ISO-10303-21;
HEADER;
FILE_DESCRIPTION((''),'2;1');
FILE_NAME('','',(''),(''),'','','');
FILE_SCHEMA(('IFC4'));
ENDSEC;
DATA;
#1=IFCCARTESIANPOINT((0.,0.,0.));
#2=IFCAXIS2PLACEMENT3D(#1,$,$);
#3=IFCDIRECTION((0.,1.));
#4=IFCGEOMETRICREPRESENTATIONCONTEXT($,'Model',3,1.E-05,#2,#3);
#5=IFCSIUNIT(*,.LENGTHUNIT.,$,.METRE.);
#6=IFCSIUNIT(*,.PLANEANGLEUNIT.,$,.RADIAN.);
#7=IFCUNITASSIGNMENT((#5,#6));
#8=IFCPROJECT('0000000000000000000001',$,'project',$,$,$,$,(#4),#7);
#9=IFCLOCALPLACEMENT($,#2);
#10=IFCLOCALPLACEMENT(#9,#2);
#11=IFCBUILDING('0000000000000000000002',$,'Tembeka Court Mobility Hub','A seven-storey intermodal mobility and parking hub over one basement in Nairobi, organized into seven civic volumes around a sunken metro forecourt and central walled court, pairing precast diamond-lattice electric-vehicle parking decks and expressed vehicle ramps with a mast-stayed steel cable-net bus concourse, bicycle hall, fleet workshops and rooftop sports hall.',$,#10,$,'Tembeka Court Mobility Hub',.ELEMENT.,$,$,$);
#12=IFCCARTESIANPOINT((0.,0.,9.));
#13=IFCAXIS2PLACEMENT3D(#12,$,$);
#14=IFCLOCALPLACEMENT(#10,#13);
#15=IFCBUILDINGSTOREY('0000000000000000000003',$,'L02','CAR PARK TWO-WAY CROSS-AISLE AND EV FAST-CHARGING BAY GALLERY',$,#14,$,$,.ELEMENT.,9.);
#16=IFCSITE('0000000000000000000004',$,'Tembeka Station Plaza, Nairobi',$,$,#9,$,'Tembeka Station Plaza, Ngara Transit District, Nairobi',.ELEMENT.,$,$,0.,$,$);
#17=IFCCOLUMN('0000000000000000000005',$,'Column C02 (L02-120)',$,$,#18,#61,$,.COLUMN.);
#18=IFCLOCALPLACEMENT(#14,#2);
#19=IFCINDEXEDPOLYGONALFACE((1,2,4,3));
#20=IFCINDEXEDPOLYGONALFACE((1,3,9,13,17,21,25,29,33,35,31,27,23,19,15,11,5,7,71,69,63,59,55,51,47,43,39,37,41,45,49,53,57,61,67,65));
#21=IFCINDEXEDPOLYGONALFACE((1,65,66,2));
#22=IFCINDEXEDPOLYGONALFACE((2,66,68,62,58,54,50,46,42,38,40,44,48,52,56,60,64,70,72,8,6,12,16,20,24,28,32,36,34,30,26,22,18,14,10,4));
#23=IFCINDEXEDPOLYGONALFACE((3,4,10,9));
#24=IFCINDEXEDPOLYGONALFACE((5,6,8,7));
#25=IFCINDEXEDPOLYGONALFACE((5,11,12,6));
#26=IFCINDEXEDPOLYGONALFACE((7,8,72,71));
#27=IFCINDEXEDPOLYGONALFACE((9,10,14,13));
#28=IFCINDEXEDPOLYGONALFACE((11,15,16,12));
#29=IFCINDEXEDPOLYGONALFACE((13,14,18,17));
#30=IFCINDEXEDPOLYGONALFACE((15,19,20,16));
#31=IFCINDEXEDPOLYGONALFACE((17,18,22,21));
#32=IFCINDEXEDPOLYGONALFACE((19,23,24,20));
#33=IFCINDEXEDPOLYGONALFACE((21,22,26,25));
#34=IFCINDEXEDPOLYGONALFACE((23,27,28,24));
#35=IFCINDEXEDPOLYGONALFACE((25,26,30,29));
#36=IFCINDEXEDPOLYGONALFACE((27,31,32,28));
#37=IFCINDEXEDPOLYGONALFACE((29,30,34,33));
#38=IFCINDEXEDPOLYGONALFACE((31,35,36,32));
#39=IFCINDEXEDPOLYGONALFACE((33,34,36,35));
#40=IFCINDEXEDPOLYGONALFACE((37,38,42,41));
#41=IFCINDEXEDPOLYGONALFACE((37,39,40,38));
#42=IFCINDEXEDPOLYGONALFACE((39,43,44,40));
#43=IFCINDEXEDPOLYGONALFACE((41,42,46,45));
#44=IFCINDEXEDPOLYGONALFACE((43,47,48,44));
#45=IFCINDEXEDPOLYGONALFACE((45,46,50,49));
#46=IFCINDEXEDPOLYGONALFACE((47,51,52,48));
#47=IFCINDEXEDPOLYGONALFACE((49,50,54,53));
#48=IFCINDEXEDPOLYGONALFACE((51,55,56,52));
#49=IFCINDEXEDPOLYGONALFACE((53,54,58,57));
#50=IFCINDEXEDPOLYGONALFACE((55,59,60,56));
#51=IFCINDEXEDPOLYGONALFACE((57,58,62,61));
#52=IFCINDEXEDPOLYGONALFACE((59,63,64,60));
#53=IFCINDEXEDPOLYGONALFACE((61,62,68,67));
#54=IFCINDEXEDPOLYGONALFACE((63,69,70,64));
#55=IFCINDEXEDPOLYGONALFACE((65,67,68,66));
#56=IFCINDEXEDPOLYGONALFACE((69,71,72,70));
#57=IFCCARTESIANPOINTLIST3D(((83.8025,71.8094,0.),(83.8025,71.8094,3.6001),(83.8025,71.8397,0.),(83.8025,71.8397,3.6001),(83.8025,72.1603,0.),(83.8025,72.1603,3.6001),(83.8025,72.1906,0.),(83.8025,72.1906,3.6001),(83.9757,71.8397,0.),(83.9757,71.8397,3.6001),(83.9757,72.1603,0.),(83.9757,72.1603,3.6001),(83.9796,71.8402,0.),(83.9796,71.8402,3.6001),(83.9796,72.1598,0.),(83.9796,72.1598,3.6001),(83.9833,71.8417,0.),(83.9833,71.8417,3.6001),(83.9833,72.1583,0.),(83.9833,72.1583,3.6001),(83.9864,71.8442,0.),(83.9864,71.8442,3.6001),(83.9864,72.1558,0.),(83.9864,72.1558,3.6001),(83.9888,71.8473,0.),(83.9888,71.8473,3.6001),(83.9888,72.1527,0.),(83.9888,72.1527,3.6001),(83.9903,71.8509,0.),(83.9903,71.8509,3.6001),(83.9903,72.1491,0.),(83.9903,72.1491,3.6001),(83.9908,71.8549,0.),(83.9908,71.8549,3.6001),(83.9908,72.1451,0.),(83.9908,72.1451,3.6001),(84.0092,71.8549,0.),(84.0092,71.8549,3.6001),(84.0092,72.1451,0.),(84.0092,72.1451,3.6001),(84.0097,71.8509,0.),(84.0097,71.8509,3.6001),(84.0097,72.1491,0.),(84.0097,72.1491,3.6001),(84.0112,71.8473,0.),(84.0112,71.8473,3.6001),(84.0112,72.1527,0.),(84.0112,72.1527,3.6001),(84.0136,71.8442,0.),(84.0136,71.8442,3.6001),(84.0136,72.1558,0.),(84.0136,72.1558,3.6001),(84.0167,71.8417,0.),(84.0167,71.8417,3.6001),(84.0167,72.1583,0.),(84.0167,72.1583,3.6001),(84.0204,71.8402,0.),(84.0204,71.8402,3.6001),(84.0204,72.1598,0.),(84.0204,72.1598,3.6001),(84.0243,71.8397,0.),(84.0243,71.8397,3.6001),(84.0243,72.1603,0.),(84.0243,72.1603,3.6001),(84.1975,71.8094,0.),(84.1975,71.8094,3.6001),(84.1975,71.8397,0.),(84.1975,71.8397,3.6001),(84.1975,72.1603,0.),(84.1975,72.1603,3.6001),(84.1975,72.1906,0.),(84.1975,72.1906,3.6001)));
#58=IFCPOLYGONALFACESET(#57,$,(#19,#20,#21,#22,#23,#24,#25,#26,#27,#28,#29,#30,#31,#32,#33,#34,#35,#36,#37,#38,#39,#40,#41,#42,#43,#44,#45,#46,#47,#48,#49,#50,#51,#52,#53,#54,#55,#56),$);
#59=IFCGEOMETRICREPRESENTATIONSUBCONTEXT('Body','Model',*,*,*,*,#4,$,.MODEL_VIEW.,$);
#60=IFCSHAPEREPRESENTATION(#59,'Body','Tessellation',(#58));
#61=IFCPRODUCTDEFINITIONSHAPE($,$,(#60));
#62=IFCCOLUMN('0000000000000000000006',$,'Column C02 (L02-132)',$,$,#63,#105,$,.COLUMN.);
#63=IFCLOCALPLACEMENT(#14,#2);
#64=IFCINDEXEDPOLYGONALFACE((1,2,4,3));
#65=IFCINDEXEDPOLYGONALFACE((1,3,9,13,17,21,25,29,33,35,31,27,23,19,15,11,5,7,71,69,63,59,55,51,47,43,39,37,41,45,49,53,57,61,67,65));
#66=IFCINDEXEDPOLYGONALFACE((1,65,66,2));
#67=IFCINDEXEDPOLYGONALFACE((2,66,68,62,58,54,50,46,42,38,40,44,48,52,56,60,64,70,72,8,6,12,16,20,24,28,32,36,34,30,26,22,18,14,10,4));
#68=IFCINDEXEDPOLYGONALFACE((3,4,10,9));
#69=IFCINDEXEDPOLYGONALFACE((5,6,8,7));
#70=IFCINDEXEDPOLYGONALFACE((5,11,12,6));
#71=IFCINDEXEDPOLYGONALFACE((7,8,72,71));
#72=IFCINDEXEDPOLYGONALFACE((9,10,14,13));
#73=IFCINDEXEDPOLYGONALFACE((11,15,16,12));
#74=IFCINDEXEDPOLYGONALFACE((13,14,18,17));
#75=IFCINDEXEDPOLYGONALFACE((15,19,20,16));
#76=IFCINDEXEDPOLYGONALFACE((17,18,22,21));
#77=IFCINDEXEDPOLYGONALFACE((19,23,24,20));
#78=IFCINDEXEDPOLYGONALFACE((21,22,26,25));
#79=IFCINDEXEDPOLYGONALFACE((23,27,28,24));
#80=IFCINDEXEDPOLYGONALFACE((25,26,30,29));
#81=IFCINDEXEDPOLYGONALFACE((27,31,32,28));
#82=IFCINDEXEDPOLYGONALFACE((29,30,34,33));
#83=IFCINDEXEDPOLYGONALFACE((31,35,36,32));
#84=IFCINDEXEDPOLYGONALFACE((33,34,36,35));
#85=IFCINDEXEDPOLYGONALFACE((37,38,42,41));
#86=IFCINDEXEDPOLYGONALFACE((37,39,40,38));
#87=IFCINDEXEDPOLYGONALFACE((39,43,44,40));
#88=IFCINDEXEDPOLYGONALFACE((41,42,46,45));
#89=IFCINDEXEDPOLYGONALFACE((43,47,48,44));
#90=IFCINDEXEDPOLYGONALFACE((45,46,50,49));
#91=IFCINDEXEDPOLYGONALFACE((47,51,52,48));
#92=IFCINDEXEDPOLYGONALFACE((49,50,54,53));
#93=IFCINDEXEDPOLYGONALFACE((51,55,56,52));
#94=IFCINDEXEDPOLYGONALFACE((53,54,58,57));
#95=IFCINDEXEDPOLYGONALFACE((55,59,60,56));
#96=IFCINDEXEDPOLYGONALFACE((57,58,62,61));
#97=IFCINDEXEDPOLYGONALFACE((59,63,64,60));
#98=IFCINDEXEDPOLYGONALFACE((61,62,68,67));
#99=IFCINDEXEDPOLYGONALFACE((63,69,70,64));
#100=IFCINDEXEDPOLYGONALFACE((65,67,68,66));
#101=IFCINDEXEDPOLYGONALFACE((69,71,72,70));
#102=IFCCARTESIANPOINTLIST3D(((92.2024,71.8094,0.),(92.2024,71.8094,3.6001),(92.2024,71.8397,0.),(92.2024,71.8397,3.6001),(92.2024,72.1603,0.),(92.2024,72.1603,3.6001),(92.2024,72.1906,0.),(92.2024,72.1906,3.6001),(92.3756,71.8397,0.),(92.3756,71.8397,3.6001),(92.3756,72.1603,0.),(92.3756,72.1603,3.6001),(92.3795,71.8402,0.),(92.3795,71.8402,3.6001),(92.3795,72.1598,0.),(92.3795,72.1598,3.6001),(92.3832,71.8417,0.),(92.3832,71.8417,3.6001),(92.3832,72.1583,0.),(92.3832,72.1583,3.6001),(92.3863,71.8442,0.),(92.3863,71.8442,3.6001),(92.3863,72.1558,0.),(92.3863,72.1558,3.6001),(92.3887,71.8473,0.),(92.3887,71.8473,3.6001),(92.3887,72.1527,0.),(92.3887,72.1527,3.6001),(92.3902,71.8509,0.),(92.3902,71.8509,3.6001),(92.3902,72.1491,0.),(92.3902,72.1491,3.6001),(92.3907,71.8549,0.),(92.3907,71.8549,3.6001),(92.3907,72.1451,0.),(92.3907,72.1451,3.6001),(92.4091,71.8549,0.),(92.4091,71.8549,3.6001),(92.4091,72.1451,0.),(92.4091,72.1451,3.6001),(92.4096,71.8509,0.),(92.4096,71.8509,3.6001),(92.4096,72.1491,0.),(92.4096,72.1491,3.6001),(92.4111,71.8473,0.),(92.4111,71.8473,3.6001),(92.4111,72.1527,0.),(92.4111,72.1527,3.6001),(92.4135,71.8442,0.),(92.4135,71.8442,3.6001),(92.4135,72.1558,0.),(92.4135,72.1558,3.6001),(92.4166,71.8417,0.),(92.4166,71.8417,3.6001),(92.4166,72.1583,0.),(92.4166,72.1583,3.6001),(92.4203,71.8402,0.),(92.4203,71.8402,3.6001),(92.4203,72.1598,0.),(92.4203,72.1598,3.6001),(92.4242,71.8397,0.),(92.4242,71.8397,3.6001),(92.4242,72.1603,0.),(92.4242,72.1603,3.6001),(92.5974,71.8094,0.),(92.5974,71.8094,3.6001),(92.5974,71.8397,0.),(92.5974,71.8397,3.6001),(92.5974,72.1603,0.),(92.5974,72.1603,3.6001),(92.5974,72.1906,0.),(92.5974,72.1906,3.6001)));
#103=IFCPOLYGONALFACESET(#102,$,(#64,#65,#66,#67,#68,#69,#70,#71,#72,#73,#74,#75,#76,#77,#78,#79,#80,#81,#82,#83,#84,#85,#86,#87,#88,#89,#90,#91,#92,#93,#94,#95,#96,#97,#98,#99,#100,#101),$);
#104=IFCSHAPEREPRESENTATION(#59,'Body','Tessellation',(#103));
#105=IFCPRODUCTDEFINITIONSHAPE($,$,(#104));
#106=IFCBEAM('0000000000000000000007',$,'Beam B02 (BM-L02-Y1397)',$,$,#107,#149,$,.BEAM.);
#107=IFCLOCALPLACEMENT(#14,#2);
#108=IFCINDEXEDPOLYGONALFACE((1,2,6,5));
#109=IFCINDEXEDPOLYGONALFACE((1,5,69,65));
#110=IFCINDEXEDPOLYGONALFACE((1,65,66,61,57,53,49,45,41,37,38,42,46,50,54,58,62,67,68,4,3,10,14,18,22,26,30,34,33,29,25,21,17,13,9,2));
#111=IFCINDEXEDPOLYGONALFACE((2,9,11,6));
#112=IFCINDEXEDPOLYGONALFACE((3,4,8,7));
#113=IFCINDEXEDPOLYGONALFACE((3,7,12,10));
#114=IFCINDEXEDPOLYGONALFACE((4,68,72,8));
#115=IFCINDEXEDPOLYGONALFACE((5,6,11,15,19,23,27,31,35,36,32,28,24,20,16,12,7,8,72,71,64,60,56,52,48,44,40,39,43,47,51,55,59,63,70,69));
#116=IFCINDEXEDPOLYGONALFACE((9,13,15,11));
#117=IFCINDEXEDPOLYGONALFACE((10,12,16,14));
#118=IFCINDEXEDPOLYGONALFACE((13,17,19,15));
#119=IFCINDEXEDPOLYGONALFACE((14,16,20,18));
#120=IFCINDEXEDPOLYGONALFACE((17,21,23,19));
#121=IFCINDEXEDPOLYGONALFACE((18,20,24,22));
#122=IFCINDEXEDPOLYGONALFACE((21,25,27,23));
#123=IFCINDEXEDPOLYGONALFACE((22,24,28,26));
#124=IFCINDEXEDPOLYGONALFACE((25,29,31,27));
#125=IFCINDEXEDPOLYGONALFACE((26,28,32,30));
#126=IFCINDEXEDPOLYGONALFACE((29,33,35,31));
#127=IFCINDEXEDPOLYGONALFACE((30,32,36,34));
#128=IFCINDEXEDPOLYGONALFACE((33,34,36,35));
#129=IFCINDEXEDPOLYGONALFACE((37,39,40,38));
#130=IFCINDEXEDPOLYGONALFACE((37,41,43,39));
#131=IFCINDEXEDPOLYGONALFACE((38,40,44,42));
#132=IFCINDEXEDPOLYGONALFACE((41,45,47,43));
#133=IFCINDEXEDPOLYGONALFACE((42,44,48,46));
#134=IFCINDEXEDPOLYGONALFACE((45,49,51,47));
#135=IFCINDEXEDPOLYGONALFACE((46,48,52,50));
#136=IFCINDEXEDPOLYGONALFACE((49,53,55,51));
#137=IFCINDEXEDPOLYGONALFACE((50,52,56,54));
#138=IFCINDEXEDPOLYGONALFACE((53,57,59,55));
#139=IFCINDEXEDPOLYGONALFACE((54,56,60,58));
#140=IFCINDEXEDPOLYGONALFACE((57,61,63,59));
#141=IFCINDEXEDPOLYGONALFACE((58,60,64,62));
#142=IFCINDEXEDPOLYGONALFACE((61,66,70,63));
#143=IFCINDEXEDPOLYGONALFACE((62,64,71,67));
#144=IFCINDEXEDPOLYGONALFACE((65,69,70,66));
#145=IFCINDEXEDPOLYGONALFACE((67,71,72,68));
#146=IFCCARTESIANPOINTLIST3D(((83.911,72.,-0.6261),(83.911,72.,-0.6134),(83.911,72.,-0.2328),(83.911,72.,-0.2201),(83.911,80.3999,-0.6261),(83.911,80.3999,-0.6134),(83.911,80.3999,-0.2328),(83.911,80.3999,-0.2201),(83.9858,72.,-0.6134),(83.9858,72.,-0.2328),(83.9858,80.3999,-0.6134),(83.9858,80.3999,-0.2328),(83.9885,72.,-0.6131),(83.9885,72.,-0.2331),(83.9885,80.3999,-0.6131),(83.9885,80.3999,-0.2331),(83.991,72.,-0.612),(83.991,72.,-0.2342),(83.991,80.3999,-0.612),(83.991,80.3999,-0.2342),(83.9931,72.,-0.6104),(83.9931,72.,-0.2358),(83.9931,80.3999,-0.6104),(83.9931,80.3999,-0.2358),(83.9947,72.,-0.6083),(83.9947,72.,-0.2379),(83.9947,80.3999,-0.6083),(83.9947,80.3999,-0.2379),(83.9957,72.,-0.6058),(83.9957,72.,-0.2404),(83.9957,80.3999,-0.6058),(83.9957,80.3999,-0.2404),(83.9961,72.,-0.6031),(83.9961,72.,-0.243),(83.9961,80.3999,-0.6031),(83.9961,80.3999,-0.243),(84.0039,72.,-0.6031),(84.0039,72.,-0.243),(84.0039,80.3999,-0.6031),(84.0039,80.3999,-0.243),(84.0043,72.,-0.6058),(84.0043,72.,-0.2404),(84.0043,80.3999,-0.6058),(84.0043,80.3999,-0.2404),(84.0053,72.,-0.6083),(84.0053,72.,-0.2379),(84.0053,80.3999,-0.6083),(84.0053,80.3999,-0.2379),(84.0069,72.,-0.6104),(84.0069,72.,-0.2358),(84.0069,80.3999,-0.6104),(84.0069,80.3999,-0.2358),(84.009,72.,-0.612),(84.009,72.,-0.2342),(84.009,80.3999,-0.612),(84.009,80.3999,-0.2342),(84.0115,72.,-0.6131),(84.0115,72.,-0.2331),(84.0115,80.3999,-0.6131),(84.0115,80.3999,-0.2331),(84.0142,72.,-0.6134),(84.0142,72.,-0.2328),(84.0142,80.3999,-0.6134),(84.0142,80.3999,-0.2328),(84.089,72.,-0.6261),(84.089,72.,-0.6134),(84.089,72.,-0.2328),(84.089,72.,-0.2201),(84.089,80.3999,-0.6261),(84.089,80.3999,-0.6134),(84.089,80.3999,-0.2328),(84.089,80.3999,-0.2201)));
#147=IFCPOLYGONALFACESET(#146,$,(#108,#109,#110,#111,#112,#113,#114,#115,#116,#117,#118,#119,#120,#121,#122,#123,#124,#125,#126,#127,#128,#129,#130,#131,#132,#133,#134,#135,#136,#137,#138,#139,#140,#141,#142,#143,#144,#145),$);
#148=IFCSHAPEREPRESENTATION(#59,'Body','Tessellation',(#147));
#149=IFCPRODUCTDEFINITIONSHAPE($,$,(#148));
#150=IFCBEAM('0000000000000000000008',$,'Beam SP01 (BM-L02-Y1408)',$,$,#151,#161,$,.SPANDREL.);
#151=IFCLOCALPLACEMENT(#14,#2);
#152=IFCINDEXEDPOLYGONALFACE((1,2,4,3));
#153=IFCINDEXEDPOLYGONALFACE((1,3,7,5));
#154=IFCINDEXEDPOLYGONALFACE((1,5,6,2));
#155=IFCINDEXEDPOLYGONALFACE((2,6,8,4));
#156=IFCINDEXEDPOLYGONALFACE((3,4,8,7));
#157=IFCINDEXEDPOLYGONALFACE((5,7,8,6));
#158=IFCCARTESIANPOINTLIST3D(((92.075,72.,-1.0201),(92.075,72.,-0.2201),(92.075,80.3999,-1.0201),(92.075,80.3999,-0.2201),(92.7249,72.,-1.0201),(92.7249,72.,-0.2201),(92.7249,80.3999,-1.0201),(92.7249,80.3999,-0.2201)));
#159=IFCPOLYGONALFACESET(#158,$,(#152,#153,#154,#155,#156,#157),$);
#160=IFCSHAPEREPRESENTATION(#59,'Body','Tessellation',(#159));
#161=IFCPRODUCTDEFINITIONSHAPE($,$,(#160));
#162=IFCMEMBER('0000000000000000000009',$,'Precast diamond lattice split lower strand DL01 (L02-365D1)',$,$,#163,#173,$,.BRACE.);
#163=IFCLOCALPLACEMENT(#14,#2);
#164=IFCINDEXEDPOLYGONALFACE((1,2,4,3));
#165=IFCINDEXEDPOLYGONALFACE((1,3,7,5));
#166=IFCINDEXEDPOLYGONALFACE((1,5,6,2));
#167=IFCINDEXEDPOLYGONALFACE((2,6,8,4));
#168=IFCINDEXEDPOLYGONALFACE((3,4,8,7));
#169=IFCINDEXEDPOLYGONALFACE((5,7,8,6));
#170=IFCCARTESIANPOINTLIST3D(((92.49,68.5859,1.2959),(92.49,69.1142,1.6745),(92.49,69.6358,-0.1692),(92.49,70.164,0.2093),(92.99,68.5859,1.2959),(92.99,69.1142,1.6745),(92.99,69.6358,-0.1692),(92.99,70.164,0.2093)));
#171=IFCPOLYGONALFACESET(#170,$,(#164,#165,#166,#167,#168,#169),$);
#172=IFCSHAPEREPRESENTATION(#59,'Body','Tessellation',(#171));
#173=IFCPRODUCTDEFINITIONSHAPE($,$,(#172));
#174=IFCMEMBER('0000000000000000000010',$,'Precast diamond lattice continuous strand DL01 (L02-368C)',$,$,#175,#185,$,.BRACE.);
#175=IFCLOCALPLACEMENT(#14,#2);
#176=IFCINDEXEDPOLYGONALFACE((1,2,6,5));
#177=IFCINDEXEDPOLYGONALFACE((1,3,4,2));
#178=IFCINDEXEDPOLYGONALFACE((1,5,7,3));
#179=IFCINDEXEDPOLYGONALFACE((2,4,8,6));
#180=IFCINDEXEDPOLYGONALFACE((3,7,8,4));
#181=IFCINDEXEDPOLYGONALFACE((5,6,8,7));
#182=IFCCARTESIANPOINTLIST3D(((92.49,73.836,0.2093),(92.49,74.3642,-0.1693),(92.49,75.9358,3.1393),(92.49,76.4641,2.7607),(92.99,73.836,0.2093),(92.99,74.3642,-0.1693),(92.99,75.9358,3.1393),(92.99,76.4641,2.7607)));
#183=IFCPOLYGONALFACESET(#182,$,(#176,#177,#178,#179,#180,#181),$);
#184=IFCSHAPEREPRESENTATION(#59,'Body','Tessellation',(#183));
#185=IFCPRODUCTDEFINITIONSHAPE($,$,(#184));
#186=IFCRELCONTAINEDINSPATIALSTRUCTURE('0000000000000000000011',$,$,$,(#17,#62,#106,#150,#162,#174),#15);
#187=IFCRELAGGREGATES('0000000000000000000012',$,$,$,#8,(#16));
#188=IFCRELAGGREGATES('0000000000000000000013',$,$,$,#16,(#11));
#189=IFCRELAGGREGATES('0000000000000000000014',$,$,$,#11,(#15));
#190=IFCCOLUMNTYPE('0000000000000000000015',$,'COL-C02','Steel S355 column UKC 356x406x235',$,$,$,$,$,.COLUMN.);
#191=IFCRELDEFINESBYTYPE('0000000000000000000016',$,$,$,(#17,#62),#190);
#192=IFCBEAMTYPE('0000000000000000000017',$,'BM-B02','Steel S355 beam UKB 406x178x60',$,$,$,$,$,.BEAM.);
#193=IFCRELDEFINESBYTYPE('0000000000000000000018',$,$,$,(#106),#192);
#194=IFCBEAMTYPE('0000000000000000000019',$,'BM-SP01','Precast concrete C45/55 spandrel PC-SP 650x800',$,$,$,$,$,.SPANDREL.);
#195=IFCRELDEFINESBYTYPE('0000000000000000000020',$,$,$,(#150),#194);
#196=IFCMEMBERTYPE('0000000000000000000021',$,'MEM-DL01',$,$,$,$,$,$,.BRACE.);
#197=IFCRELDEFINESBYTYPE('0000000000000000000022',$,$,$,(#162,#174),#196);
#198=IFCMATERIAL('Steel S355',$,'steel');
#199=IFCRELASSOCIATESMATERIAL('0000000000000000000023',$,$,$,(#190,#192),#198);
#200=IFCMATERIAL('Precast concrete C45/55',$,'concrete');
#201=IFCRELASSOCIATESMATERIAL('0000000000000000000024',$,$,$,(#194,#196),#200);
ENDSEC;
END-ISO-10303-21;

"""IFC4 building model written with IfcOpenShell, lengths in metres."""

from ifc_helpers import new_model, si_unit, direction, frame, origin, origin_2d, place, context, subcontext, project, spatial, rectangle, i_section, extrude, material, material_profile, profile_set, type_object, element, save


model = new_model("IFC4")

# Units and contexts
model_context = context("Model", 3, precision=1e-05, world=origin(), true_north=direction((0.0, 1.0)))
body_context = subcontext(model_context, "Body", "Model", "MODEL_VIEW")
ifc_project = project(units=[si_unit("LENGTHUNIT", "METRE"), si_unit("PLANEANGLEUNIT", "RADIAN")], contexts=[model_context])

# Site, building, storey
site_placement = place(None, origin())
site = spatial("IfcSite", under=ifc_project, at=site_placement, Name="Tembeka Station Plaza, Nairobi", LongName="Tembeka Station Plaza, Ngara Transit District, Nairobi", CompositionType="ELEMENT", RefElevation=0.0)
building_placement = place(site_placement, origin())
building = spatial("IfcBuilding", under=site, at=building_placement, Name="Tembeka Court Mobility Hub", Description="A seven-storey intermodal mobility and parking hub over one basement in Nairobi, organized into seven civic volumes around a sunken metro forecourt and central walled court, pairing precast diamond-lattice electric-vehicle parking decks and expressed vehicle ramps with a mast-stayed steel cable-net bus concourse, bicycle hall, fleet workshops and rooftop sports hall.", LongName="Tembeka Court Mobility Hub", CompositionType="ELEMENT")
storey_placement = place(building_placement, frame((0.0, 0.0, 9.0)))
storey = spatial("IfcBuildingStorey", under=building, at=storey_placement, Name="L02", Description="CAR PARK TWO-WAY CROSS-AISLE AND EV FAST-CHARGING BAY GALLERY", CompositionType="ELEMENT", Elevation=9.0)

# Columns
ifc_material_1 = material(Name="Steel S355", Category="steel")
ifc_material_profile_1 = material_profile(ifc_material_1, i_section(OverallWidth=0.395, OverallDepth=0.3811, WebThickness=0.0183, FlangeThickness=0.0303, FilletRadius=0.0151, at=origin_2d()), Name="UKC 356x406x235")
ifc_profile_set_1 = profile_set([ifc_material_profile_1], Name="Steel S355")
column_type = type_object("IfcColumnType", Name="COL-C02", Description="Steel S355 column UKC 356x406x235", PredefinedType="COLUMN", material=ifc_profile_set_1)
for number, where, z_axis, x_axis, name in (
    (1, (84.0, 72.0, 0.0), (0.0, 0.0, 1.0), (1.0, 0.0, 0.0), "Column C02 (L02-120)"),
    (2, (92.3999, 72.0, 0.0), (0.0, 0.0, 1.0), (1.0, 0.0, 0.0), "Column C02 (L02-132)"),
):
    element("IfcColumn", number, at=place(storey_placement, frame(where, z_axis=z_axis, x_axis=x_axis)), inside=storey, type_object=column_type, Name=name, PredefinedType="COLUMN", context=body_context, shape_type="SweptSolid", body=[
        extrude(i_section(OverallWidth=0.395, OverallDepth=0.3811, WebThickness=0.0183, FlangeThickness=0.0303, FilletRadius=0.0151, at=origin_2d()), origin(), (0.0, 0.0, 1.0), 3.6001),
    ])

# Beams
ifc_material_profile_2 = material_profile(ifc_material_1, i_section(OverallWidth=0.178, OverallDepth=0.406, WebThickness=0.0078, FlangeThickness=0.0127, FilletRadius=0.0103, at=origin_2d()), Name="UKB 406x178x60")
ifc_profile_set_2 = profile_set([ifc_material_profile_2], Name="Steel S355")
beam_type_1 = type_object("IfcBeamType", Name="BM-B02", Description="Steel S355 beam UKB 406x178x60", PredefinedType="BEAM", material=ifc_profile_set_2)
beam_1_placement = place(storey_placement, frame((84.0, 72.0, -0.4231), z_axis=(0.0, 1.0, 0.0), x_axis=(-1.0, 0.0, 0.0)))
element("IfcBeam", 3, at=beam_1_placement, inside=storey, type_object=beam_type_1, Name="Beam B02 (BM-L02-Y1397)", PredefinedType="BEAM", context=body_context, shape_type="SweptSolid", body=[
    extrude(i_section(OverallWidth=0.178, OverallDepth=0.406, WebThickness=0.0078, FlangeThickness=0.0127, FilletRadius=0.0103, at=origin_2d()), origin(), (0.0, 0.0, 1.0), 8.3999),
])
ifc_material_2 = material(Name="Precast concrete C45/55", Category="concrete")
ifc_material_profile_3 = material_profile(ifc_material_2, rectangle(XDim=0.6499, YDim=0.8, at=origin_2d()), Name="PC-SP 650x800")
ifc_profile_set_3 = profile_set([ifc_material_profile_3], Name="Precast concrete C45/55")
beam_type_2 = type_object("IfcBeamType", Name="BM-SP01", Description="Precast concrete C45/55 spandrel PC-SP 650x800", PredefinedType="SPANDREL", material=ifc_profile_set_3)
beam_2_placement = place(storey_placement, frame((92.3999, 72.0, -0.6201), z_axis=(0.0, 1.0, 0.0), x_axis=(-1.0, 0.0, 0.0)))
element("IfcBeam", 4, at=beam_2_placement, inside=storey, type_object=beam_type_2, Name="Beam SP01 (BM-L02-Y1408)", PredefinedType="SPANDREL", context=body_context, shape_type="SweptSolid", body=[
    extrude(rectangle(XDim=0.6499, YDim=0.8, at=origin_2d()), origin(), (0.0, 0.0, 1.0), 8.3999),
])

# Members
ifc_material_profile_4 = material_profile(ifc_material_2, rectangle(XDim=0.5, YDim=0.6499, at=origin_2d()), Name="PC-DIAG 500x650")
ifc_profile_set_4 = profile_set([ifc_material_profile_4], Name="Precast concrete C45/55")
member_type_1 = type_object("IfcMemberType", Name="MEM-DL01", PredefinedType="BRACE", material=ifc_profile_set_4)
member_1_placement = place(storey_placement, frame((92.74, 69.8999, 0.02), z_axis=(0.0, -0.582455, 0.812863), x_axis=(1.0, 0.0, 0.0)))
element("IfcMember", 5, at=member_1_placement, inside=storey, type_object=member_type_1, Name="Precast diamond lattice split lower strand DL01 (L02-365D1)", PredefinedType="BRACE", context=body_context, shape_type="SweptSolid", body=[
    extrude(rectangle(XDim=0.5, YDim=0.6499, at=origin_2d()), origin(), (0.0, 0.0, 1.0), 1.8025),
])
member_2_placement = place(storey_placement, frame((92.74, 74.1001, 0.02), z_axis=(0.0, 0.582532, 0.812808), x_axis=(-1.0, 0.0, 0.0)))
element("IfcMember", 6, at=member_2_placement, inside=storey, type_object=member_type_1, Name="Precast diamond lattice continuous strand DL01 (L02-368C)", PredefinedType="BRACE", context=body_context, shape_type="SweptSolid", body=[
    extrude(rectangle(XDim=0.5, YDim=0.6499, at=origin_2d()), origin(), (0.0, 0.0, 1.0), 3.6047),
])

save(model, "model.ifc")
